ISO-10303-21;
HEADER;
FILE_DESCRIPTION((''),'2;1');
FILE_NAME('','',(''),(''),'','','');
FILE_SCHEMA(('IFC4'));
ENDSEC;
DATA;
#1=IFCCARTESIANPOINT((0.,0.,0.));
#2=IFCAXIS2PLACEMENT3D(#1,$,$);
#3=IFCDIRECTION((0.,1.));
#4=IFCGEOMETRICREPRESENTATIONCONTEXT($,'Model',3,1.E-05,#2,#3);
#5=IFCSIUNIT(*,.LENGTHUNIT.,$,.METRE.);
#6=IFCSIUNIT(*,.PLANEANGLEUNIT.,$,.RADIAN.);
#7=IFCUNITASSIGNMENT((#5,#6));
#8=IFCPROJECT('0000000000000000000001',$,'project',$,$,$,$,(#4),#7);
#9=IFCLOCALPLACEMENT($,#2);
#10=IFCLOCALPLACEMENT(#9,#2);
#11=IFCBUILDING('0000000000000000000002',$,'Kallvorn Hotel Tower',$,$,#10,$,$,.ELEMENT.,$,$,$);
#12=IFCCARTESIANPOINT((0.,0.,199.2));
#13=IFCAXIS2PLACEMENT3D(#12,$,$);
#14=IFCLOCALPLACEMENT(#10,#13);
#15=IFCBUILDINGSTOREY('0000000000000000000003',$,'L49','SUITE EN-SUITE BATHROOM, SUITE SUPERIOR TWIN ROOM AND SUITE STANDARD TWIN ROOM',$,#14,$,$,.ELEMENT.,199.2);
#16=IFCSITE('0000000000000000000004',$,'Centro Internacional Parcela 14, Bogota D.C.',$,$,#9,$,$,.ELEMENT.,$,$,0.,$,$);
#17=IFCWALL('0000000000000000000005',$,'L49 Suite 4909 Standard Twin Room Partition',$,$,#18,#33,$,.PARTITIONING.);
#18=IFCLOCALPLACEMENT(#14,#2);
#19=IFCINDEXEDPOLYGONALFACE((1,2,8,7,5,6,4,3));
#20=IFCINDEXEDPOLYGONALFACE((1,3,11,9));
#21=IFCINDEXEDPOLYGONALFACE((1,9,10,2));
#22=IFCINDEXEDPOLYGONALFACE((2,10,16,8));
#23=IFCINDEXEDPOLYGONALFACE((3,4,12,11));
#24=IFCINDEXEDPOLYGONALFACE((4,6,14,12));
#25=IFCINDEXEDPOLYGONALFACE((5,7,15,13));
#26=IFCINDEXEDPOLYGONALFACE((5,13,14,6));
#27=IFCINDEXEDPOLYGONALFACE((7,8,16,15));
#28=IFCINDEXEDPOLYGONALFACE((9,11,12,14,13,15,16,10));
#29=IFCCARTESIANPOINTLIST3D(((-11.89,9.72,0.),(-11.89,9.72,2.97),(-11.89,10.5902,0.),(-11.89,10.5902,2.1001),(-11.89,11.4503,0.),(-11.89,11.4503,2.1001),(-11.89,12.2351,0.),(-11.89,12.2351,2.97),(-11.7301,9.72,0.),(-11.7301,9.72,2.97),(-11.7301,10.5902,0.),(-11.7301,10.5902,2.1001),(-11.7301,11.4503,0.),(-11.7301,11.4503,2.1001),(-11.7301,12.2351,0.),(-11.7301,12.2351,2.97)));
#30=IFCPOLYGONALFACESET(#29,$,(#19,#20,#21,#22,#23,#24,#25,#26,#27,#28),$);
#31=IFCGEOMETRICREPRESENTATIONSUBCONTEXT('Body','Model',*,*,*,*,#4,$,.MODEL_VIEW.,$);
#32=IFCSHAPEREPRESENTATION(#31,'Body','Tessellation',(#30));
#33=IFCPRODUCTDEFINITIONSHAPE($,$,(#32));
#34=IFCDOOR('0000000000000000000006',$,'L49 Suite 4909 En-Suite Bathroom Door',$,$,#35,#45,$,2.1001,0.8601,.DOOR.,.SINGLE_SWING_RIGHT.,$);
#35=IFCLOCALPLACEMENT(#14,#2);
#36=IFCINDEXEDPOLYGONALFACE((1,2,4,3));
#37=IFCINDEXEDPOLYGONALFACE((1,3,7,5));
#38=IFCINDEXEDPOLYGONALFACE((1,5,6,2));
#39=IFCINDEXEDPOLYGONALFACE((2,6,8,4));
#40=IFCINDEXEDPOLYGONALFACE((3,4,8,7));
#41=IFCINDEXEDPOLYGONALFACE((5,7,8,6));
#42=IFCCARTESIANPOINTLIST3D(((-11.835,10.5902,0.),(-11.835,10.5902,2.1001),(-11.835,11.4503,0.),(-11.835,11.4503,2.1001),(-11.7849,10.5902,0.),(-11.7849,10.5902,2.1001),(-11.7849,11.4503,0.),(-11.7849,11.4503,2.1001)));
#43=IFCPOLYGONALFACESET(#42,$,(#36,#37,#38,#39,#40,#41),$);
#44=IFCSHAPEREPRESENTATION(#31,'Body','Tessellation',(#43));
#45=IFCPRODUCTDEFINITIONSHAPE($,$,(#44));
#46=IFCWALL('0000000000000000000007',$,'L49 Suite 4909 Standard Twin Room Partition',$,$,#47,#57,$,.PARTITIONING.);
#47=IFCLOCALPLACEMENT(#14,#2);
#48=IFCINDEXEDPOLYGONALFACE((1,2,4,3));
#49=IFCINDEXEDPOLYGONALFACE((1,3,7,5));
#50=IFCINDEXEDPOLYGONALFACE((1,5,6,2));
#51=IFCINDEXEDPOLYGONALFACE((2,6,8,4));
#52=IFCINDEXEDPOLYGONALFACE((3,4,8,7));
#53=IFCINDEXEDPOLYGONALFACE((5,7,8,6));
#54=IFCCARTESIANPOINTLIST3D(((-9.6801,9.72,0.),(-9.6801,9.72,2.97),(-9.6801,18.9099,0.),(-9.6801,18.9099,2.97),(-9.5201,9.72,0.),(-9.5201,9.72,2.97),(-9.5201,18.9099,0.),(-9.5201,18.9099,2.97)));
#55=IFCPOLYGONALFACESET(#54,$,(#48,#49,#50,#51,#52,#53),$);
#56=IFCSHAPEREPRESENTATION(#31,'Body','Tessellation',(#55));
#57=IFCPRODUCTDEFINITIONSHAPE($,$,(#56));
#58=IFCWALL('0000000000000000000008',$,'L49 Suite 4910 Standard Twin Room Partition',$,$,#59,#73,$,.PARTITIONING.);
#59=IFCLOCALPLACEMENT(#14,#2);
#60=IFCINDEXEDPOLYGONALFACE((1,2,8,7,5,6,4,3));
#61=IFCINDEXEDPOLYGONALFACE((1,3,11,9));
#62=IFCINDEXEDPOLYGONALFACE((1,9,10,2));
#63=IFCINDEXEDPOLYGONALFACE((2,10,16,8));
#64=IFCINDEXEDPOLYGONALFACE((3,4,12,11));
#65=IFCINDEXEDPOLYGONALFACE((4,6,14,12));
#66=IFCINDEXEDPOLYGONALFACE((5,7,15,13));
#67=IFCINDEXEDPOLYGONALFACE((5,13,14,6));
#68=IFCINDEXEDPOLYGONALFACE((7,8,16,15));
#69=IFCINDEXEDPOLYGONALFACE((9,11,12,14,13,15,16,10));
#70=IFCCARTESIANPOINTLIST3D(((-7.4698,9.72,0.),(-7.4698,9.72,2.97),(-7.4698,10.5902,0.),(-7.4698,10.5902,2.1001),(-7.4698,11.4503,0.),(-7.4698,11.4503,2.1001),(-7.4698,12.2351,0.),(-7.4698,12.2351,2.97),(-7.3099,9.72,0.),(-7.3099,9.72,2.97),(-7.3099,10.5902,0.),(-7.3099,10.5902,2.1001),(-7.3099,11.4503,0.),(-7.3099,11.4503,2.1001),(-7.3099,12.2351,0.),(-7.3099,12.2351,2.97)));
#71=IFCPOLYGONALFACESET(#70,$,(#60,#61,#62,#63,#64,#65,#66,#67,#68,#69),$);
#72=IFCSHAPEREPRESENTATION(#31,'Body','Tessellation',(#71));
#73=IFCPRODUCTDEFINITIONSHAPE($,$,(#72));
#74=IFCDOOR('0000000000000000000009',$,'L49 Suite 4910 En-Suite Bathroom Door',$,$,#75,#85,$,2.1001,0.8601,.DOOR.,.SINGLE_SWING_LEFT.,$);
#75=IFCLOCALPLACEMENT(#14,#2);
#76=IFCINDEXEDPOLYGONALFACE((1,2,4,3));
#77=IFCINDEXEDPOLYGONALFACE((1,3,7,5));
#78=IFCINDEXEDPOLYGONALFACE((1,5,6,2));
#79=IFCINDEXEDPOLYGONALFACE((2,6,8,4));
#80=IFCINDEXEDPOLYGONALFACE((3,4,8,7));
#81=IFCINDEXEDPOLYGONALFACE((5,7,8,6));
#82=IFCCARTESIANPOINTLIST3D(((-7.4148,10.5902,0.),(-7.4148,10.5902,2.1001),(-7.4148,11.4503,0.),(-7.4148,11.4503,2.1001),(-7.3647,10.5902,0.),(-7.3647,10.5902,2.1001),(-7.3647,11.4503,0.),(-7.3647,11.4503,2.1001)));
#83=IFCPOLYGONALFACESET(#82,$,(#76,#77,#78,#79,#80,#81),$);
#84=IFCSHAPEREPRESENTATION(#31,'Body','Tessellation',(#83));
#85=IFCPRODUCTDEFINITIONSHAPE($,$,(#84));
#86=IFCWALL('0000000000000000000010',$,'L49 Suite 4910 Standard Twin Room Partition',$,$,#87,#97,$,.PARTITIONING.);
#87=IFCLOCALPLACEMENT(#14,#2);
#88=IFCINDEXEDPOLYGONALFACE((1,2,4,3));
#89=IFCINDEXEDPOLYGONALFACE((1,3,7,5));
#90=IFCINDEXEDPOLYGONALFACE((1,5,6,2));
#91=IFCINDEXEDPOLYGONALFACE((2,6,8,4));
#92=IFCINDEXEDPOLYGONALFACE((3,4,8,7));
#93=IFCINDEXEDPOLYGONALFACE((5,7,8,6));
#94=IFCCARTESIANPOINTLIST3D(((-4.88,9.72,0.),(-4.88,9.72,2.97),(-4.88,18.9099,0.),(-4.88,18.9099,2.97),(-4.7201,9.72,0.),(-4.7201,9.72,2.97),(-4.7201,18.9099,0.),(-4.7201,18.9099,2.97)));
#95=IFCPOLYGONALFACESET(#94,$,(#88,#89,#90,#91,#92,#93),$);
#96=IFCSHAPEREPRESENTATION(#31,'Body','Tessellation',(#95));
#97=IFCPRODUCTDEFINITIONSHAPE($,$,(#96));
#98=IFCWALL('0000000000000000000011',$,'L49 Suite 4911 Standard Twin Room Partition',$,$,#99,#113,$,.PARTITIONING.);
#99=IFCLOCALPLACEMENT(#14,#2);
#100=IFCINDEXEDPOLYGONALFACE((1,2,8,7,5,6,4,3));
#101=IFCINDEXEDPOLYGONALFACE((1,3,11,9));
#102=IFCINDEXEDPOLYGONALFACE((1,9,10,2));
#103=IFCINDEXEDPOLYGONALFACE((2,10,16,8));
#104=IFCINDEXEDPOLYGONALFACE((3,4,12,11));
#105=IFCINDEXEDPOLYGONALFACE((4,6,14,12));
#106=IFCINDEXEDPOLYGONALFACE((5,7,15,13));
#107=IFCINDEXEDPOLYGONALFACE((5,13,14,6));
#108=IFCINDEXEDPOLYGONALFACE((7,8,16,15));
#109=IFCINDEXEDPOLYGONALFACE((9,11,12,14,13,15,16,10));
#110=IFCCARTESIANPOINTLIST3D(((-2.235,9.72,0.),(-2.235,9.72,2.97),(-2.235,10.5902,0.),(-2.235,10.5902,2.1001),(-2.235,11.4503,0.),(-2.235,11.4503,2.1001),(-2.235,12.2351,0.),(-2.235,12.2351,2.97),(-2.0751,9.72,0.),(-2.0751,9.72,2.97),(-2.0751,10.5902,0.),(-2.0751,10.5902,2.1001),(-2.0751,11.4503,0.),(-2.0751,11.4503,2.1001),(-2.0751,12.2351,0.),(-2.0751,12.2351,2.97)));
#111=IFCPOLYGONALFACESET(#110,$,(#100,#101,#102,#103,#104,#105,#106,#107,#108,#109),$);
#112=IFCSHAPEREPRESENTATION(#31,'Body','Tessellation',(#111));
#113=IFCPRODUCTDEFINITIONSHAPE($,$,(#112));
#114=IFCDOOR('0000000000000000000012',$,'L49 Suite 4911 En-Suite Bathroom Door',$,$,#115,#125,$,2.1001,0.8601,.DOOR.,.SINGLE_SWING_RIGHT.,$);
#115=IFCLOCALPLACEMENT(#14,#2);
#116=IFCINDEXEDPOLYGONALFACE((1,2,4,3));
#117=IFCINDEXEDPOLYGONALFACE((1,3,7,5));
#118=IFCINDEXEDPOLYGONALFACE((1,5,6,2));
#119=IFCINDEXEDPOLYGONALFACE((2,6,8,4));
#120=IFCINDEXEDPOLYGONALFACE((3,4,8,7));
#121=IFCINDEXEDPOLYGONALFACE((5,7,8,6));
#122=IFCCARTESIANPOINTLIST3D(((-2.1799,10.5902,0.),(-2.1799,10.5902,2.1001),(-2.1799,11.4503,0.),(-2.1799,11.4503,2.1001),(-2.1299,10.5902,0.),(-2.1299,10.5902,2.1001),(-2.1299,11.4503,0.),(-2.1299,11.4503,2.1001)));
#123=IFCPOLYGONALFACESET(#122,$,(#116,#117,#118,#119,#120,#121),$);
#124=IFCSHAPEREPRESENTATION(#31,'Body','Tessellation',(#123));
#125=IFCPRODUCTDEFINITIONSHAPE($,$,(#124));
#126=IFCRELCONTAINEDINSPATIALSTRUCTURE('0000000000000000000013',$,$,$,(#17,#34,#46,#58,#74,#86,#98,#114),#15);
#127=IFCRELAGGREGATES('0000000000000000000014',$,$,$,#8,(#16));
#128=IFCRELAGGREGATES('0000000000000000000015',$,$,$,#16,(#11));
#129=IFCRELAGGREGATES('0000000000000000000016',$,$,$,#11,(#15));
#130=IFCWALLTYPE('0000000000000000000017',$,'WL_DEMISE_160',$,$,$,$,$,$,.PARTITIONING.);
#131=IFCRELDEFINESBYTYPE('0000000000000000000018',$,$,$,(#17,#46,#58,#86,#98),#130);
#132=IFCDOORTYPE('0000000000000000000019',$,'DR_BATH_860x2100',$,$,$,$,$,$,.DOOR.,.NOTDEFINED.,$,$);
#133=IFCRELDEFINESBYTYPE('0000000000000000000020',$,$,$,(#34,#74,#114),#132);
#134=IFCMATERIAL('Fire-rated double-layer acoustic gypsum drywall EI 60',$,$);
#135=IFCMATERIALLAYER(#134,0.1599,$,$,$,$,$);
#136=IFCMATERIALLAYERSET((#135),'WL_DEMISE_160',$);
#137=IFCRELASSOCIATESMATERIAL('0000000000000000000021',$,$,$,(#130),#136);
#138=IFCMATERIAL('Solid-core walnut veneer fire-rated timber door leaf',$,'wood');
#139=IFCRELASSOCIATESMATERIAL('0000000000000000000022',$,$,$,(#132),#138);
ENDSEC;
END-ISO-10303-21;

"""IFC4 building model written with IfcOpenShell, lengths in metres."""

from ifc_helpers import new_model, si_unit, direction, frame, frame_2d, origin, place, context, subcontext, project, spatial, rectangle, extrude, material, layer, layer_set, type_object, element, fill, save


model = new_model("IFC4")

# Units and contexts
model_context = context("Model", 3, precision=1e-05, world=origin(), true_north=direction((0.0, 1.0)))
body_context = subcontext(model_context, "Body", "Model", "MODEL_VIEW")
ifc_project = project(units=[si_unit("LENGTHUNIT", "METRE"), si_unit("PLANEANGLEUNIT", "RADIAN")], contexts=[model_context])

# Site, building, storey
site_placement = place(None, origin())
site = spatial("IfcSite", under=ifc_project, at=site_placement, Name="Centro Internacional Parcela 14, Bogota D.C.", CompositionType="ELEMENT", RefElevation=0.0)
building_placement = place(site_placement, origin())
building = spatial("IfcBuilding", under=site, at=building_placement, Name="Kallvorn Hotel Tower", CompositionType="ELEMENT")
storey_placement = place(building_placement, frame((0.0, 0.0, 199.2)))
storey = spatial("IfcBuildingStorey", under=building, at=storey_placement, Name="L49", Description="SUITE EN-SUITE BATHROOM, SUITE SUPERIOR TWIN ROOM AND SUITE STANDARD TWIN ROOM", CompositionType="ELEMENT", Elevation=199.2)

# Shared definitions
ifc_material_1 = material(Name="Fire-rated double-layer acoustic gypsum drywall EI 60")
ifc_layer_1 = layer(ifc_material_1, 0.1599)
ifc_layer_set_1 = layer_set([ifc_layer_1], Name="WL_DEMISE_160")
wall_type = type_object("IfcWallType", Name="WL_DEMISE_160", PredefinedType="PARTITIONING", material=ifc_layer_set_1)

# Wall, opening, door
wall_1_placement = place(storey_placement, frame((-11.8101, 9.72, 0.0), z_axis=(0.0, 0.0, 1.0), x_axis=(0.0, 1.0, 0.0)))
wall_1 = element("IfcWall", 1, at=wall_1_placement, inside=storey, type_object=wall_type, Name="L49 Suite 4909 Standard Twin Room Partition", PredefinedType="PARTITIONING", context=body_context, shape_type="SweptSolid", body=[
    extrude(rectangle(XDim=2.5151, YDim=0.1599, at=frame_2d((1.2576, 0.0))), origin(), (0.0, 0.0, 1.0), 2.97),
])
opening_1_placement = place(wall_1_placement, frame((0.8701, 0.0, 0.0)))
opening_1 = element("IfcOpeningElement", 2, at=opening_1_placement, cuts=wall_1, PredefinedType="OPENING", context=body_context, shape_type="SweptSolid", body=[
    extrude(rectangle(XDim=0.8601, YDim=2.1001, at=frame_2d((0.4302, 1.05))), frame((0.0, 0.095, 0.0), z_axis=(0.0, -1.0, 0.0), x_axis=(1.0, 0.0, 0.0)), (0.0, 0.0, 1.0), 0.1899),
])
ifc_material_2 = material(Name="Solid-core walnut veneer fire-rated timber door leaf", Category="wood")
door_type = type_object("IfcDoorType", Name="DR_BATH_860x2100", OperationType="NOTDEFINED", PredefinedType="DOOR", material=ifc_material_2)
door_1_placement = place(opening_1_placement, origin())
door_1 = element("IfcDoor", 3, at=door_1_placement, inside=storey, type_object=door_type, Name="L49 Suite 4909 En-Suite Bathroom Door", OperationType="SINGLE_SWING_RIGHT", OverallHeight=2.1001, OverallWidth=0.8601, PredefinedType="DOOR", context=body_context, shape_type="SweptSolid", body=[
    extrude(rectangle(XDim=0.8601, YDim=2.1001, at=frame_2d((0.4302, 1.05))), frame((0.0, 0.0249, 0.0), z_axis=(0.0, -1.0, 0.0), x_axis=(1.0, 0.0, 0.0)), (0.0, 0.0, 1.0), 0.05),
])
fill(opening_1, door_1)

# Wall
wall_2_placement = place(storey_placement, frame((-9.6001, 9.72, 0.0), z_axis=(0.0, 0.0, 1.0), x_axis=(0.0, 1.0, 0.0)))
element("IfcWall", 4, at=wall_2_placement, inside=storey, type_object=wall_type, Name="L49 Suite 4909 Standard Twin Room Partition", PredefinedType="PARTITIONING", context=body_context, shape_type="SweptSolid", body=[
    extrude(rectangle(XDim=9.1899, YDim=0.1599, at=frame_2d((4.595, 0.0))), origin(), (0.0, 0.0, 1.0), 2.97),
])

# Wall, opening, door
wall_3_placement = place(storey_placement, frame((-7.3899, 9.72, 0.0), z_axis=(0.0, 0.0, 1.0), x_axis=(0.0, 1.0, 0.0)))
wall_3 = element("IfcWall", 5, at=wall_3_placement, inside=storey, type_object=wall_type, Name="L49 Suite 4910 Standard Twin Room Partition", PredefinedType="PARTITIONING", context=body_context, shape_type="SweptSolid", body=[
    extrude(rectangle(XDim=2.5151, YDim=0.1599, at=frame_2d((1.2576, 0.0))), origin(), (0.0, 0.0, 1.0), 2.97),
])
opening_2_placement = place(wall_3_placement, frame((0.8701, 0.0, 0.0)))
opening_2 = element("IfcOpeningElement", 6, at=opening_2_placement, cuts=wall_3, PredefinedType="OPENING", context=body_context, shape_type="SweptSolid", body=[
    extrude(rectangle(XDim=0.8601, YDim=2.1001, at=frame_2d((0.4302, 1.05))), frame((0.0, 0.095, 0.0), z_axis=(0.0, -1.0, 0.0), x_axis=(1.0, 0.0, 0.0)), (0.0, 0.0, 1.0), 0.1899),
])
door_2_placement = place(opening_2_placement, origin())
door_2 = element("IfcDoor", 7, at=door_2_placement, inside=storey, type_object=door_type, Name="L49 Suite 4910 En-Suite Bathroom Door", OperationType="SINGLE_SWING_LEFT", OverallHeight=2.1001, OverallWidth=0.8601, PredefinedType="DOOR", context=body_context, shape_type="SweptSolid", body=[
    extrude(rectangle(XDim=0.8601, YDim=2.1001, at=frame_2d((0.4302, 1.05))), frame((0.0, 0.0249, 0.0), z_axis=(0.0, -1.0, 0.0), x_axis=(1.0, 0.0, 0.0)), (0.0, 0.0, 1.0), 0.05),
])
fill(opening_2, door_2)

# Wall
wall_4_placement = place(storey_placement, frame((-4.8, 9.72, 0.0), z_axis=(0.0, 0.0, 1.0), x_axis=(0.0, 1.0, 0.0)))
element("IfcWall", 8, at=wall_4_placement, inside=storey, type_object=wall_type, Name="L49 Suite 4910 Standard Twin Room Partition", PredefinedType="PARTITIONING", context=body_context, shape_type="SweptSolid", body=[
    extrude(rectangle(XDim=9.1899, YDim=0.1599, at=frame_2d((4.595, 0.0))), origin(), (0.0, 0.0, 1.0), 2.97),
])

# Wall, opening, door
wall_5_placement = place(storey_placement, frame((-2.155, 9.72, 0.0), z_axis=(0.0, 0.0, 1.0), x_axis=(0.0, 1.0, 0.0)))
wall_5 = element("IfcWall", 9, at=wall_5_placement, inside=storey, type_object=wall_type, Name="L49 Suite 4911 Standard Twin Room Partition", PredefinedType="PARTITIONING", context=body_context, shape_type="SweptSolid", body=[
    extrude(rectangle(XDim=2.5151, YDim=0.1599, at=frame_2d((1.2576, 0.0))), origin(), (0.0, 0.0, 1.0), 2.97),
])
opening_3_placement = place(wall_5_placement, frame((0.8701, 0.0, 0.0)))
opening_3 = element("IfcOpeningElement", 10, at=opening_3_placement, cuts=wall_5, PredefinedType="OPENING", context=body_context, shape_type="SweptSolid", body=[
    extrude(rectangle(XDim=0.8601, YDim=2.1001, at=frame_2d((0.4302, 1.05))), frame((0.0, 0.095, 0.0), z_axis=(0.0, -1.0, 0.0), x_axis=(1.0, 0.0, 0.0)), (0.0, 0.0, 1.0), 0.1899),
])
door_3_placement = place(opening_3_placement, origin())
door_3 = element("IfcDoor", 11, at=door_3_placement, inside=storey, type_object=door_type, Name="L49 Suite 4911 En-Suite Bathroom Door", OperationType="SINGLE_SWING_RIGHT", OverallHeight=2.1001, OverallWidth=0.8601, PredefinedType="DOOR", context=body_context, shape_type="SweptSolid", body=[
    extrude(rectangle(XDim=0.8601, YDim=2.1001, at=frame_2d((0.4302, 1.05))), frame((0.0, 0.0249, 0.0), z_axis=(0.0, -1.0, 0.0), x_axis=(1.0, 0.0, 0.0)), (0.0, 0.0, 1.0), 0.05),
])
fill(opening_3, door_3)

save(model, "model.ifc")
